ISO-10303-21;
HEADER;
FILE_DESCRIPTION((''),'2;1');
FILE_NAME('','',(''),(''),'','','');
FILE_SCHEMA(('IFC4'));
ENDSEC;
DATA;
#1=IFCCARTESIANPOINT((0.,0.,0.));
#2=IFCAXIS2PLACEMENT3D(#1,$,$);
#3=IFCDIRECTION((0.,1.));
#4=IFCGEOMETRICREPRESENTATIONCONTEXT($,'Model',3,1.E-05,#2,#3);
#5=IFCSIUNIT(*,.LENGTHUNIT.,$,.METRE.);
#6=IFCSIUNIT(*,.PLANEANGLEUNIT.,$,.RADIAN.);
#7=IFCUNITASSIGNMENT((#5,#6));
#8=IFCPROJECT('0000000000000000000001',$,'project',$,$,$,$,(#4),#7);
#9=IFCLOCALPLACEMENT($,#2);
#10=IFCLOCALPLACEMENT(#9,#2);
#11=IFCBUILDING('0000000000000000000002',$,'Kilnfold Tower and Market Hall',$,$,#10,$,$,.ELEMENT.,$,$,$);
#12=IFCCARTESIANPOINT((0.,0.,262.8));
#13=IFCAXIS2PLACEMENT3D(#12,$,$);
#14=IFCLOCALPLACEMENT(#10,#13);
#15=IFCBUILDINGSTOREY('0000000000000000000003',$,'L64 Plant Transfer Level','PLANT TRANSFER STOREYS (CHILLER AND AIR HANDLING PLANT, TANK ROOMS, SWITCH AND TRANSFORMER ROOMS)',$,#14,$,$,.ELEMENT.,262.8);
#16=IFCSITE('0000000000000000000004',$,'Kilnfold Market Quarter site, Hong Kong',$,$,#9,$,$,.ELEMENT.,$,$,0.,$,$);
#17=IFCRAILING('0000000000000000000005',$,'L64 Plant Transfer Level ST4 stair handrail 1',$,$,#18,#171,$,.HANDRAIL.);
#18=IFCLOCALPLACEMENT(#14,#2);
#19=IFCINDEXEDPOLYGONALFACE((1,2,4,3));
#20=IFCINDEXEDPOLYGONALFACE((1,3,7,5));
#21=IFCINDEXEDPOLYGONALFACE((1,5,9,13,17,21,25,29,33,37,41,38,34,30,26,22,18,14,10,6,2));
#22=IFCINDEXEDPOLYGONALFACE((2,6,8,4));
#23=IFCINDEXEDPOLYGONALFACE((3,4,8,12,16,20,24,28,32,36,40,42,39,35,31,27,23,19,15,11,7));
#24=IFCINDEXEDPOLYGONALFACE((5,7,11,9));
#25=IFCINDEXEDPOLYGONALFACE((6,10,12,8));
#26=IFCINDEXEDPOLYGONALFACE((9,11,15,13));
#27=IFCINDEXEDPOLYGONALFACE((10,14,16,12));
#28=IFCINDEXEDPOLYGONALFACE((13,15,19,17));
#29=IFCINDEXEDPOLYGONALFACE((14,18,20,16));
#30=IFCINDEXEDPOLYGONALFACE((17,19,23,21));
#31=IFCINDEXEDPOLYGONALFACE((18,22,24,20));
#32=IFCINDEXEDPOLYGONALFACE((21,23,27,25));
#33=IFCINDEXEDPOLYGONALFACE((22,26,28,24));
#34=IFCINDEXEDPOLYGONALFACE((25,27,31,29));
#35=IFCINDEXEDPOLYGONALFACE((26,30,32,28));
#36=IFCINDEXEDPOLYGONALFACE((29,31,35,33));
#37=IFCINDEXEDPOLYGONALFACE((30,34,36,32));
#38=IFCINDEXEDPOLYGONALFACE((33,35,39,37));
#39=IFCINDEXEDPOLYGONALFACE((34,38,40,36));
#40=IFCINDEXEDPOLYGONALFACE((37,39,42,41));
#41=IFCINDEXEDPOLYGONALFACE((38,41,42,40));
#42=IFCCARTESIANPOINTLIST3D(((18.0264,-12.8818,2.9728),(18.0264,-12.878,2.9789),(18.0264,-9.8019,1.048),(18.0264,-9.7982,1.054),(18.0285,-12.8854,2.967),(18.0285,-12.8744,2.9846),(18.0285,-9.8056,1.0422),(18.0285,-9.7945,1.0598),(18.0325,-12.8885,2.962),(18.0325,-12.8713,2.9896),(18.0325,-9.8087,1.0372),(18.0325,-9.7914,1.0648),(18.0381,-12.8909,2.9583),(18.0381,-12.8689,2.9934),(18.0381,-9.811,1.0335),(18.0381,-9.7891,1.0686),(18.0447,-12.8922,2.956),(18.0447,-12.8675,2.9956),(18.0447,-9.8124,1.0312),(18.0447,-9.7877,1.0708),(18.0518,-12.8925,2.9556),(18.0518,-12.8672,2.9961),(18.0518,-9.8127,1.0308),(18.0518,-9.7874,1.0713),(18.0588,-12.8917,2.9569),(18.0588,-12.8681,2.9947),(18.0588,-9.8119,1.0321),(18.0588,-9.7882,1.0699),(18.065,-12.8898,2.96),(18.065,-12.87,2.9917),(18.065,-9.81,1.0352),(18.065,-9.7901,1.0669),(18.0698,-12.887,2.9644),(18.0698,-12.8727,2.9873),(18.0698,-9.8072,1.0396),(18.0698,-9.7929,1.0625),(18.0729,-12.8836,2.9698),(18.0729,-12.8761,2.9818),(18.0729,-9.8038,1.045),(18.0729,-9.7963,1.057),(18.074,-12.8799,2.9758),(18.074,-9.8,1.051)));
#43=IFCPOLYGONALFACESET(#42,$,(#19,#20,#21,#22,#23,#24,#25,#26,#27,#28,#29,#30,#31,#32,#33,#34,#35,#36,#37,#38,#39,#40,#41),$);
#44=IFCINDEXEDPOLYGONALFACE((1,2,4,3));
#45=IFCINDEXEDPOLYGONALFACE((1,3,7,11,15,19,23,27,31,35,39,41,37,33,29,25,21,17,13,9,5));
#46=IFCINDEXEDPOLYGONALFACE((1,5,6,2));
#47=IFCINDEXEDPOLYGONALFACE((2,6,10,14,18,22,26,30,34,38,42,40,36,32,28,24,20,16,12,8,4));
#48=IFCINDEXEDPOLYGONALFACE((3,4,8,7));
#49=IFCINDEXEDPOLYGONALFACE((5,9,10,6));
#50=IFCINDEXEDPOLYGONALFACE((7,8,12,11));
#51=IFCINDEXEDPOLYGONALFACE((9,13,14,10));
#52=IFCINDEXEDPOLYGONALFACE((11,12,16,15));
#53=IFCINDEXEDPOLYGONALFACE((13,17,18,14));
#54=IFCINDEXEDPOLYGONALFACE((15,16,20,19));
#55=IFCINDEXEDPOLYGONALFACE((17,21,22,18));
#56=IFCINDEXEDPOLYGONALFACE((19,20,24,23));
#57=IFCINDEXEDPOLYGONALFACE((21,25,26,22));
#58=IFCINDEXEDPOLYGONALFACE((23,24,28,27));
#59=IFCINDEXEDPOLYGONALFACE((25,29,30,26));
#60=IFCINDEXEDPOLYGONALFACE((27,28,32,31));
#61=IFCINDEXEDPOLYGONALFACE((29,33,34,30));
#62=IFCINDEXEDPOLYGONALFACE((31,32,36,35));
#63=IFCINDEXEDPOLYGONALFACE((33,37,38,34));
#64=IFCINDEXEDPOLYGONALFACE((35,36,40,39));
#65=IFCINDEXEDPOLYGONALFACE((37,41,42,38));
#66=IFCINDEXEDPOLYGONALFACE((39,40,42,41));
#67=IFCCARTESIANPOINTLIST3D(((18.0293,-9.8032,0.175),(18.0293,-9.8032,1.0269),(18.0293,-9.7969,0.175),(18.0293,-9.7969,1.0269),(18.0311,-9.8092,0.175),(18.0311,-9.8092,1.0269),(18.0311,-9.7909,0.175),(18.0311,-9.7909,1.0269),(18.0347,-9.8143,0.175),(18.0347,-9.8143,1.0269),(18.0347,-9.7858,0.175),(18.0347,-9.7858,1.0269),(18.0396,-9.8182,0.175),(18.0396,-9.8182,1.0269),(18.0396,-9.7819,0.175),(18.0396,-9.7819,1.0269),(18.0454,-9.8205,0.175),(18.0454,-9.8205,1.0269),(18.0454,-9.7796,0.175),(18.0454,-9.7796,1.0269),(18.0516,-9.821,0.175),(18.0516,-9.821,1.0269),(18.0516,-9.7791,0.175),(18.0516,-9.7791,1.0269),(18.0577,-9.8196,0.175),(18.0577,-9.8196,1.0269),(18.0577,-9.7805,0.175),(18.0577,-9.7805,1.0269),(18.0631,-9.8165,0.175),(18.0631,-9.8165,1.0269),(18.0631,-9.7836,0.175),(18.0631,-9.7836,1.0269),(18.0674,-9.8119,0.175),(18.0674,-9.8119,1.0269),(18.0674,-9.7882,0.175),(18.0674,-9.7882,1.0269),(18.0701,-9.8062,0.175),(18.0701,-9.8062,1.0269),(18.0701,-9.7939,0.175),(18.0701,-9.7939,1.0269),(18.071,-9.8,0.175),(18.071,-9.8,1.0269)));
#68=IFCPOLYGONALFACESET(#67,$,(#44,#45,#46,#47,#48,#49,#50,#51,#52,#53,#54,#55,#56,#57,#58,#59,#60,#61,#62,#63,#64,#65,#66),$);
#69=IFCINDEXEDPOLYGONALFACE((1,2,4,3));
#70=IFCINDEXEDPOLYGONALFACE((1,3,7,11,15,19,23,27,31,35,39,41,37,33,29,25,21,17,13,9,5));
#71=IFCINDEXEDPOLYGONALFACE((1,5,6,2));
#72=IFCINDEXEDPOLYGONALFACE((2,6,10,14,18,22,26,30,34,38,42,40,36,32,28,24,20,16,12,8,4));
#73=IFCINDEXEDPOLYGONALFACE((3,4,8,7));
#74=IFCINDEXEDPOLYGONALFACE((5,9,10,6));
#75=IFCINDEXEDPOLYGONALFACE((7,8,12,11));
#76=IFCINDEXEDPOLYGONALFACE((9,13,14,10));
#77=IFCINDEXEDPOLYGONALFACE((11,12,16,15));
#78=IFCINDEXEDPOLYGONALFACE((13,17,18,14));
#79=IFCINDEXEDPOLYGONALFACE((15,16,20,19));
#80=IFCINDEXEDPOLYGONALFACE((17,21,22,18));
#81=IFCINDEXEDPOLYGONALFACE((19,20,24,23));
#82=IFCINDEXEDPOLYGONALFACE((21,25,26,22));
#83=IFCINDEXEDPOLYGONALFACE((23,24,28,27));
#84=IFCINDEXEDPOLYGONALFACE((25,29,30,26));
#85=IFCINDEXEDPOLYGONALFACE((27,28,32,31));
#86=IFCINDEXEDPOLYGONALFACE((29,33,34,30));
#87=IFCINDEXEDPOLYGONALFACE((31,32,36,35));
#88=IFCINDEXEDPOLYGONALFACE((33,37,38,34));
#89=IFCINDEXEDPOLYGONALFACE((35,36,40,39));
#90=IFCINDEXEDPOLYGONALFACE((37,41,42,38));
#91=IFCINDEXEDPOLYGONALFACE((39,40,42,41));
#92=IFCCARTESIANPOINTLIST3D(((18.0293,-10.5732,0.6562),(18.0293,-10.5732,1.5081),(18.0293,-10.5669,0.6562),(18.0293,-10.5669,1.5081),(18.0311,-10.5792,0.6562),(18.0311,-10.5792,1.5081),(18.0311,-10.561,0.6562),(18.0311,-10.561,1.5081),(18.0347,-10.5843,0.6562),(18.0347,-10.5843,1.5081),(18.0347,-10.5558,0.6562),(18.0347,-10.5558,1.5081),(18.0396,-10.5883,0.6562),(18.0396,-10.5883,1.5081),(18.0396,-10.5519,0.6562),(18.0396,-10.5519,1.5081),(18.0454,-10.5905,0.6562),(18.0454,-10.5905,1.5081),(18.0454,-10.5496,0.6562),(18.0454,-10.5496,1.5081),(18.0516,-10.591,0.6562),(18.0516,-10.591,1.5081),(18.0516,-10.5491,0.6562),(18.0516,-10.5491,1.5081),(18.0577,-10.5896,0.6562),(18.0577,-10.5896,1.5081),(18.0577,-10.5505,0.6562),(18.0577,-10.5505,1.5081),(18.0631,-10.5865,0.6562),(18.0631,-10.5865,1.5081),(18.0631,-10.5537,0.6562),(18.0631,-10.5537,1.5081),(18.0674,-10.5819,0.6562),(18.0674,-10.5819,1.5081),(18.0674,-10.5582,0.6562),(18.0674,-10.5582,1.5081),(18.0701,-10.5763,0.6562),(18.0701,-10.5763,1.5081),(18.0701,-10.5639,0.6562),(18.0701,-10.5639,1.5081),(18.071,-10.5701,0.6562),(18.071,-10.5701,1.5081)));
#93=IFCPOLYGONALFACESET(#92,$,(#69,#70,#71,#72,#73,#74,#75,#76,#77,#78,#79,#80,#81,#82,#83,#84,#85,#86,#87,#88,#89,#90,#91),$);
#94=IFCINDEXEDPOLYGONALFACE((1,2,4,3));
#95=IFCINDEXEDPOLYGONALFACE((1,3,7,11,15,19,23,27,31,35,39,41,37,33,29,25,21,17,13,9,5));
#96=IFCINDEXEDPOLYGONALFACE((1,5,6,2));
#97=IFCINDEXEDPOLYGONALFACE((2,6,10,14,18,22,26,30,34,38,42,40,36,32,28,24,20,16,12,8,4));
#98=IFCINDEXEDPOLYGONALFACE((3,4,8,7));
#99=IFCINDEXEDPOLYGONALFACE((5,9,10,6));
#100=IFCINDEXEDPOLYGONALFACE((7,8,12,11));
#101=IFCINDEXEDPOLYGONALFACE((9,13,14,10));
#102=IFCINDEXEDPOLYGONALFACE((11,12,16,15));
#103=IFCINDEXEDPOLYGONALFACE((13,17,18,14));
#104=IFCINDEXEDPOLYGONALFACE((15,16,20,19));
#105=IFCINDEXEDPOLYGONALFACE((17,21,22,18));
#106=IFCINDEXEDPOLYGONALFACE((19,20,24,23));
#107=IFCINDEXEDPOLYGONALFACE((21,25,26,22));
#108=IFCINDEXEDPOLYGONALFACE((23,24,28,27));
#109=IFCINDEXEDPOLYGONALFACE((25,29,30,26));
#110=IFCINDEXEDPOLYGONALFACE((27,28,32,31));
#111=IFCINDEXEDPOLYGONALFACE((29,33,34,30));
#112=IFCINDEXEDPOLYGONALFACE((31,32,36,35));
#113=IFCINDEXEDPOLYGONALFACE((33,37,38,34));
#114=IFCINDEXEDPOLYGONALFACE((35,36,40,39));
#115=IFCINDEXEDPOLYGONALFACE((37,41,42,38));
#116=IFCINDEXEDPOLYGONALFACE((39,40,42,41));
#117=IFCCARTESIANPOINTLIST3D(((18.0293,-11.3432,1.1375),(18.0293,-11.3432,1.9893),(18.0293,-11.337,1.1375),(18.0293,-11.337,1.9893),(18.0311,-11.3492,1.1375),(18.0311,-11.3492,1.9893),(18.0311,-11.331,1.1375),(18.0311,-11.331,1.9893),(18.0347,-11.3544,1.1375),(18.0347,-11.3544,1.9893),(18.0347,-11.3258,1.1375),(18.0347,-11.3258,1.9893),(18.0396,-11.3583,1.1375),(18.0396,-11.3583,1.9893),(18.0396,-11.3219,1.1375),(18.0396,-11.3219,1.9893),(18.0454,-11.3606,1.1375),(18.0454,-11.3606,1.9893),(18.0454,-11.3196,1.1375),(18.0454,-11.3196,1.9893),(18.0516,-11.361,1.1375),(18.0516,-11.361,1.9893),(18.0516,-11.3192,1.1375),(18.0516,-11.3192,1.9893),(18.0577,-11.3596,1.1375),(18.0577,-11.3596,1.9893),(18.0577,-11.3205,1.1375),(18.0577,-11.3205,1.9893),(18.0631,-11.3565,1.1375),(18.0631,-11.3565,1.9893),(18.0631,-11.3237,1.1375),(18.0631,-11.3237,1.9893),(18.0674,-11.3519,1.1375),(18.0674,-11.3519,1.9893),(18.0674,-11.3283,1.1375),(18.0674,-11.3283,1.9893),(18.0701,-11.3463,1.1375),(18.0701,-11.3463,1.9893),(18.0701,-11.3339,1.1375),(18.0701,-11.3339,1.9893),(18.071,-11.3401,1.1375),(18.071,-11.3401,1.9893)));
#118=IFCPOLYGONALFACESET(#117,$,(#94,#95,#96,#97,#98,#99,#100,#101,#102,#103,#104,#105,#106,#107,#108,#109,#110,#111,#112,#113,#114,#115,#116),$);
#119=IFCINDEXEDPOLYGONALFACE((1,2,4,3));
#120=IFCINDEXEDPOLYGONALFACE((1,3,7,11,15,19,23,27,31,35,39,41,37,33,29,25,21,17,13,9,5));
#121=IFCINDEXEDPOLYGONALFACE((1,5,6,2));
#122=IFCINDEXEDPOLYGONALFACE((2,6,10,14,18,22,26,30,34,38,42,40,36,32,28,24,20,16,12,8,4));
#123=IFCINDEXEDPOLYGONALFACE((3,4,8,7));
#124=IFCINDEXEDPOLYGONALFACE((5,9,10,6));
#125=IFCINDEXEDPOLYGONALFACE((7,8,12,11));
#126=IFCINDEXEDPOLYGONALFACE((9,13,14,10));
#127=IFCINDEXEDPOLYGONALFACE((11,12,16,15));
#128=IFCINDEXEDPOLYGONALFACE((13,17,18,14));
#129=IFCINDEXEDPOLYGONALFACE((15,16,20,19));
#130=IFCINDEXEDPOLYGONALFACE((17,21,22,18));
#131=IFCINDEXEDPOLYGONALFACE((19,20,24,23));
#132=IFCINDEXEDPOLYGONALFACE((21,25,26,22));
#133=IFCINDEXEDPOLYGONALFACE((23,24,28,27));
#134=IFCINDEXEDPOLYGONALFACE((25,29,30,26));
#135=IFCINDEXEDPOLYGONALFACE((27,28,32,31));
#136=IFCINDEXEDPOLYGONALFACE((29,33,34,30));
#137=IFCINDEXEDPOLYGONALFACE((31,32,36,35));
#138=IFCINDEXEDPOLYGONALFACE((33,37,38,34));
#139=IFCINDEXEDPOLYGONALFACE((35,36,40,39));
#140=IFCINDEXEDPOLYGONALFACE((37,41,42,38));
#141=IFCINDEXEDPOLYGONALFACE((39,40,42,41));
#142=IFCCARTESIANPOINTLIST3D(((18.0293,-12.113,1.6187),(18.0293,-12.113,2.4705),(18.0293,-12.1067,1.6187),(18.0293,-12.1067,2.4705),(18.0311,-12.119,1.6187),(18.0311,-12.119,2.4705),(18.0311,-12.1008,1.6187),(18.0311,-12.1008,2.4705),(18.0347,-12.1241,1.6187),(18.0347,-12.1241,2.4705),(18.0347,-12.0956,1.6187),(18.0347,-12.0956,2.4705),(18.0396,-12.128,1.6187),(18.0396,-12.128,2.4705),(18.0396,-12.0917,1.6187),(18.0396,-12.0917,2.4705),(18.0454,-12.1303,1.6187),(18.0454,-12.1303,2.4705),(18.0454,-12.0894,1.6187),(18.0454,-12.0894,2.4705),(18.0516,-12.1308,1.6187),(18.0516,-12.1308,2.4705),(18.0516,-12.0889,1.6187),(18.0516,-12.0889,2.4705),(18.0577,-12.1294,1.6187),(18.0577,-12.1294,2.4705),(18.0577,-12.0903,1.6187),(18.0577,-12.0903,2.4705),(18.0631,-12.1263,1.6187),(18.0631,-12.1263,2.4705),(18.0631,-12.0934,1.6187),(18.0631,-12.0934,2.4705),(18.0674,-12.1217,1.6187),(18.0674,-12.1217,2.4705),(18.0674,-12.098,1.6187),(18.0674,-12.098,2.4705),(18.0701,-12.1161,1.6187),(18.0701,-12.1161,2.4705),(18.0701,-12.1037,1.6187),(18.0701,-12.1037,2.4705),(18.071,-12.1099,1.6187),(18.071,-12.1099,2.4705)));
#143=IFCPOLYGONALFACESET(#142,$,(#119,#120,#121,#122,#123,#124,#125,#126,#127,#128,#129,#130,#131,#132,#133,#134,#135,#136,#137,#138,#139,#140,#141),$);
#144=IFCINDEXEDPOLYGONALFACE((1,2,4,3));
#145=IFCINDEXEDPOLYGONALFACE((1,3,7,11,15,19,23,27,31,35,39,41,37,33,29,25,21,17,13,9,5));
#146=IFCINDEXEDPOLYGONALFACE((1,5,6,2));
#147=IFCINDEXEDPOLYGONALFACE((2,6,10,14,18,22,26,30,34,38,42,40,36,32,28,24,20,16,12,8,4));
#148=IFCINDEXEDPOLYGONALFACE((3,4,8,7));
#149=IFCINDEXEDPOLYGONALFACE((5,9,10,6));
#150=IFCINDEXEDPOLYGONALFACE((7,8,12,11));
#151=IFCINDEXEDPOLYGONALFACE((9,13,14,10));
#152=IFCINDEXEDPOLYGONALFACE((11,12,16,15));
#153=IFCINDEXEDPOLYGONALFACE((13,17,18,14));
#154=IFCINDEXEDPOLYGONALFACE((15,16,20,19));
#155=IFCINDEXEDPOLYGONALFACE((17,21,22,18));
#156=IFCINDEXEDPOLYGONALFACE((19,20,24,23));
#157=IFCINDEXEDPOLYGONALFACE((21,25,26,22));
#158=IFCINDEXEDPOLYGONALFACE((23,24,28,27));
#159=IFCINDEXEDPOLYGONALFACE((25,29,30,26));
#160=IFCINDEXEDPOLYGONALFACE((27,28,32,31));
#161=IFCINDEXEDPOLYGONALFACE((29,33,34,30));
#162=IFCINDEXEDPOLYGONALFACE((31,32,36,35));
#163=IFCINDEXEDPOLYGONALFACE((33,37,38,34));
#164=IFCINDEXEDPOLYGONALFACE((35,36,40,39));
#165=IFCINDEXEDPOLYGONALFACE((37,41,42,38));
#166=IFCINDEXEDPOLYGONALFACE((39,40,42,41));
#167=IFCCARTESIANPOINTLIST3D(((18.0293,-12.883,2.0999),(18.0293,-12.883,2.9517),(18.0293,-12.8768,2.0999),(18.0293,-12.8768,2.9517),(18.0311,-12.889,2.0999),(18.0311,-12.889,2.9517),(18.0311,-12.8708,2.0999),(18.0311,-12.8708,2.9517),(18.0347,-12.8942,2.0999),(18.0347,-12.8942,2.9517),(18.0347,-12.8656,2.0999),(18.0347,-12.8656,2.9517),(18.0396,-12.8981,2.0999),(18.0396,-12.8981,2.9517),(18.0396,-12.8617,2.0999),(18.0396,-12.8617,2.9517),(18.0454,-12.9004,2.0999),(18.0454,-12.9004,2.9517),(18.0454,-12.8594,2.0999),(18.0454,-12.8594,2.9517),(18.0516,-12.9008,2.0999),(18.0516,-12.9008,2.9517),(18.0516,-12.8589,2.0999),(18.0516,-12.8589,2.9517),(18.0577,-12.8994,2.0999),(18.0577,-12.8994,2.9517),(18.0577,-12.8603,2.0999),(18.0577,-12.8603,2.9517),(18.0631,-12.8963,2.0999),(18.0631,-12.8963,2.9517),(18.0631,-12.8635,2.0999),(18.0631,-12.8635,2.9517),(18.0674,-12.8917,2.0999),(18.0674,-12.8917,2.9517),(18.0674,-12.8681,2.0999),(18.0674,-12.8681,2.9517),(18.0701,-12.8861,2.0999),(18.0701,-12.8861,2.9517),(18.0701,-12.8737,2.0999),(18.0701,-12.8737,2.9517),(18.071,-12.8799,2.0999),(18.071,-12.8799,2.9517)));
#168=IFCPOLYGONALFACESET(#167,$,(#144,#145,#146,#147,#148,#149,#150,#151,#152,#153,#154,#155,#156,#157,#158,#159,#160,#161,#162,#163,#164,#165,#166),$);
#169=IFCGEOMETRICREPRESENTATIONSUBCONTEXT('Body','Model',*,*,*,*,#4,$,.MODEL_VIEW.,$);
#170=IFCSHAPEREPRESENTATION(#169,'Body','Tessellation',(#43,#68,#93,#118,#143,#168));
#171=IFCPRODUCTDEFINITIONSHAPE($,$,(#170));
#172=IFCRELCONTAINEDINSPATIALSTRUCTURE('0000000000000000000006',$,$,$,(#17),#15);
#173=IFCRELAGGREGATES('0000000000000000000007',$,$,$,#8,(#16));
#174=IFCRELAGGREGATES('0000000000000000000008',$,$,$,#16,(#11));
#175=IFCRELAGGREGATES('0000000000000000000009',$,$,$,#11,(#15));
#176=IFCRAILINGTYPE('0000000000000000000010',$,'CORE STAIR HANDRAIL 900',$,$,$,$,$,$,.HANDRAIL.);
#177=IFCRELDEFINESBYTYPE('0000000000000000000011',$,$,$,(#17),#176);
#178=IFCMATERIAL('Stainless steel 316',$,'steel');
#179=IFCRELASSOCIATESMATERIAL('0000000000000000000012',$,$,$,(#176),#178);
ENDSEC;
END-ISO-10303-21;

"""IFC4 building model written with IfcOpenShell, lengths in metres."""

from ifc_helpers import new_model, si_unit, direction, frame, origin, origin_2d, place, context, subcontext, project, spatial, circle, extrude, material, type_object, element, save


model = new_model("IFC4")

# Units and contexts
model_context = context("Model", 3, precision=1e-05, world=origin(), true_north=direction((0.0, 1.0)))
body_context = subcontext(model_context, "Body", "Model", "MODEL_VIEW")
ifc_project = project(units=[si_unit("LENGTHUNIT", "METRE"), si_unit("PLANEANGLEUNIT", "RADIAN")], contexts=[model_context])

# Site, building, storey
site_placement = place(None, origin())
site = spatial("IfcSite", under=ifc_project, at=site_placement, Name="Kilnfold Market Quarter site, Hong Kong", CompositionType="ELEMENT", RefElevation=0.0)
building_placement = place(site_placement, origin())
building = spatial("IfcBuilding", under=site, at=building_placement, Name="Kilnfold Tower and Market Hall", CompositionType="ELEMENT")
storey_placement = place(building_placement, frame((0.0, 0.0, 262.8)))
storey = spatial("IfcBuildingStorey", under=building, at=storey_placement, Name="L64 Plant Transfer Level", Description="PLANT TRANSFER STOREYS (CHILLER AND AIR HANDLING PLANT, TANK ROOMS, SWITCH AND TRANSFORMER ROOMS)", CompositionType="ELEMENT", Elevation=262.8)

# Railing
ifc_material_1 = material(Name="Stainless steel 316", Category="steel")
railing_type = type_object("IfcRailingType", Name="CORE STAIR HANDRAIL 900", PredefinedType="HANDRAIL", material=ifc_material_1)
railing_placement = place(storey_placement, frame((18.05, -9.8, 0.175)))
element("IfcRailing", 1, at=railing_placement, inside=storey, type_object=railing_type, Name="L64 Plant Transfer Level ST4 stair handrail 1", PredefinedType="HANDRAIL", context=body_context, shape_type="SweptSolid", body=[
    extrude(circle(Radius=0.0239, at=origin_2d()), frame((0.0, 0.0, 0.876), z_axis=(0.0, -0.84801, 0.529981), x_axis=(1.0, 0.0, 0.0)), (0.0, 0.0, 1.0), 3.6318),
    extrude(circle(Radius=0.021, at=origin_2d()), origin(), (0.0, 0.0, 1.0), 0.8518),
    extrude(circle(Radius=0.021, at=origin_2d()), frame((0.0, -0.77, 0.4812)), (0.0, 0.0, 1.0), 0.8518),
    extrude(circle(Radius=0.021, at=origin_2d()), frame((0.0, -1.54, 0.9624)), (0.0, 0.0, 1.0), 0.8518),
    extrude(circle(Radius=0.021, at=origin_2d()), frame((0.0, -2.3098, 1.4436)), (0.0, 0.0, 1.0), 0.8518),
    extrude(circle(Radius=0.021, at=origin_2d()), frame((0.0, -3.0798, 1.9248)), (0.0, 0.0, 1.0), 0.8518),
])

save(model, "model.ifc")
